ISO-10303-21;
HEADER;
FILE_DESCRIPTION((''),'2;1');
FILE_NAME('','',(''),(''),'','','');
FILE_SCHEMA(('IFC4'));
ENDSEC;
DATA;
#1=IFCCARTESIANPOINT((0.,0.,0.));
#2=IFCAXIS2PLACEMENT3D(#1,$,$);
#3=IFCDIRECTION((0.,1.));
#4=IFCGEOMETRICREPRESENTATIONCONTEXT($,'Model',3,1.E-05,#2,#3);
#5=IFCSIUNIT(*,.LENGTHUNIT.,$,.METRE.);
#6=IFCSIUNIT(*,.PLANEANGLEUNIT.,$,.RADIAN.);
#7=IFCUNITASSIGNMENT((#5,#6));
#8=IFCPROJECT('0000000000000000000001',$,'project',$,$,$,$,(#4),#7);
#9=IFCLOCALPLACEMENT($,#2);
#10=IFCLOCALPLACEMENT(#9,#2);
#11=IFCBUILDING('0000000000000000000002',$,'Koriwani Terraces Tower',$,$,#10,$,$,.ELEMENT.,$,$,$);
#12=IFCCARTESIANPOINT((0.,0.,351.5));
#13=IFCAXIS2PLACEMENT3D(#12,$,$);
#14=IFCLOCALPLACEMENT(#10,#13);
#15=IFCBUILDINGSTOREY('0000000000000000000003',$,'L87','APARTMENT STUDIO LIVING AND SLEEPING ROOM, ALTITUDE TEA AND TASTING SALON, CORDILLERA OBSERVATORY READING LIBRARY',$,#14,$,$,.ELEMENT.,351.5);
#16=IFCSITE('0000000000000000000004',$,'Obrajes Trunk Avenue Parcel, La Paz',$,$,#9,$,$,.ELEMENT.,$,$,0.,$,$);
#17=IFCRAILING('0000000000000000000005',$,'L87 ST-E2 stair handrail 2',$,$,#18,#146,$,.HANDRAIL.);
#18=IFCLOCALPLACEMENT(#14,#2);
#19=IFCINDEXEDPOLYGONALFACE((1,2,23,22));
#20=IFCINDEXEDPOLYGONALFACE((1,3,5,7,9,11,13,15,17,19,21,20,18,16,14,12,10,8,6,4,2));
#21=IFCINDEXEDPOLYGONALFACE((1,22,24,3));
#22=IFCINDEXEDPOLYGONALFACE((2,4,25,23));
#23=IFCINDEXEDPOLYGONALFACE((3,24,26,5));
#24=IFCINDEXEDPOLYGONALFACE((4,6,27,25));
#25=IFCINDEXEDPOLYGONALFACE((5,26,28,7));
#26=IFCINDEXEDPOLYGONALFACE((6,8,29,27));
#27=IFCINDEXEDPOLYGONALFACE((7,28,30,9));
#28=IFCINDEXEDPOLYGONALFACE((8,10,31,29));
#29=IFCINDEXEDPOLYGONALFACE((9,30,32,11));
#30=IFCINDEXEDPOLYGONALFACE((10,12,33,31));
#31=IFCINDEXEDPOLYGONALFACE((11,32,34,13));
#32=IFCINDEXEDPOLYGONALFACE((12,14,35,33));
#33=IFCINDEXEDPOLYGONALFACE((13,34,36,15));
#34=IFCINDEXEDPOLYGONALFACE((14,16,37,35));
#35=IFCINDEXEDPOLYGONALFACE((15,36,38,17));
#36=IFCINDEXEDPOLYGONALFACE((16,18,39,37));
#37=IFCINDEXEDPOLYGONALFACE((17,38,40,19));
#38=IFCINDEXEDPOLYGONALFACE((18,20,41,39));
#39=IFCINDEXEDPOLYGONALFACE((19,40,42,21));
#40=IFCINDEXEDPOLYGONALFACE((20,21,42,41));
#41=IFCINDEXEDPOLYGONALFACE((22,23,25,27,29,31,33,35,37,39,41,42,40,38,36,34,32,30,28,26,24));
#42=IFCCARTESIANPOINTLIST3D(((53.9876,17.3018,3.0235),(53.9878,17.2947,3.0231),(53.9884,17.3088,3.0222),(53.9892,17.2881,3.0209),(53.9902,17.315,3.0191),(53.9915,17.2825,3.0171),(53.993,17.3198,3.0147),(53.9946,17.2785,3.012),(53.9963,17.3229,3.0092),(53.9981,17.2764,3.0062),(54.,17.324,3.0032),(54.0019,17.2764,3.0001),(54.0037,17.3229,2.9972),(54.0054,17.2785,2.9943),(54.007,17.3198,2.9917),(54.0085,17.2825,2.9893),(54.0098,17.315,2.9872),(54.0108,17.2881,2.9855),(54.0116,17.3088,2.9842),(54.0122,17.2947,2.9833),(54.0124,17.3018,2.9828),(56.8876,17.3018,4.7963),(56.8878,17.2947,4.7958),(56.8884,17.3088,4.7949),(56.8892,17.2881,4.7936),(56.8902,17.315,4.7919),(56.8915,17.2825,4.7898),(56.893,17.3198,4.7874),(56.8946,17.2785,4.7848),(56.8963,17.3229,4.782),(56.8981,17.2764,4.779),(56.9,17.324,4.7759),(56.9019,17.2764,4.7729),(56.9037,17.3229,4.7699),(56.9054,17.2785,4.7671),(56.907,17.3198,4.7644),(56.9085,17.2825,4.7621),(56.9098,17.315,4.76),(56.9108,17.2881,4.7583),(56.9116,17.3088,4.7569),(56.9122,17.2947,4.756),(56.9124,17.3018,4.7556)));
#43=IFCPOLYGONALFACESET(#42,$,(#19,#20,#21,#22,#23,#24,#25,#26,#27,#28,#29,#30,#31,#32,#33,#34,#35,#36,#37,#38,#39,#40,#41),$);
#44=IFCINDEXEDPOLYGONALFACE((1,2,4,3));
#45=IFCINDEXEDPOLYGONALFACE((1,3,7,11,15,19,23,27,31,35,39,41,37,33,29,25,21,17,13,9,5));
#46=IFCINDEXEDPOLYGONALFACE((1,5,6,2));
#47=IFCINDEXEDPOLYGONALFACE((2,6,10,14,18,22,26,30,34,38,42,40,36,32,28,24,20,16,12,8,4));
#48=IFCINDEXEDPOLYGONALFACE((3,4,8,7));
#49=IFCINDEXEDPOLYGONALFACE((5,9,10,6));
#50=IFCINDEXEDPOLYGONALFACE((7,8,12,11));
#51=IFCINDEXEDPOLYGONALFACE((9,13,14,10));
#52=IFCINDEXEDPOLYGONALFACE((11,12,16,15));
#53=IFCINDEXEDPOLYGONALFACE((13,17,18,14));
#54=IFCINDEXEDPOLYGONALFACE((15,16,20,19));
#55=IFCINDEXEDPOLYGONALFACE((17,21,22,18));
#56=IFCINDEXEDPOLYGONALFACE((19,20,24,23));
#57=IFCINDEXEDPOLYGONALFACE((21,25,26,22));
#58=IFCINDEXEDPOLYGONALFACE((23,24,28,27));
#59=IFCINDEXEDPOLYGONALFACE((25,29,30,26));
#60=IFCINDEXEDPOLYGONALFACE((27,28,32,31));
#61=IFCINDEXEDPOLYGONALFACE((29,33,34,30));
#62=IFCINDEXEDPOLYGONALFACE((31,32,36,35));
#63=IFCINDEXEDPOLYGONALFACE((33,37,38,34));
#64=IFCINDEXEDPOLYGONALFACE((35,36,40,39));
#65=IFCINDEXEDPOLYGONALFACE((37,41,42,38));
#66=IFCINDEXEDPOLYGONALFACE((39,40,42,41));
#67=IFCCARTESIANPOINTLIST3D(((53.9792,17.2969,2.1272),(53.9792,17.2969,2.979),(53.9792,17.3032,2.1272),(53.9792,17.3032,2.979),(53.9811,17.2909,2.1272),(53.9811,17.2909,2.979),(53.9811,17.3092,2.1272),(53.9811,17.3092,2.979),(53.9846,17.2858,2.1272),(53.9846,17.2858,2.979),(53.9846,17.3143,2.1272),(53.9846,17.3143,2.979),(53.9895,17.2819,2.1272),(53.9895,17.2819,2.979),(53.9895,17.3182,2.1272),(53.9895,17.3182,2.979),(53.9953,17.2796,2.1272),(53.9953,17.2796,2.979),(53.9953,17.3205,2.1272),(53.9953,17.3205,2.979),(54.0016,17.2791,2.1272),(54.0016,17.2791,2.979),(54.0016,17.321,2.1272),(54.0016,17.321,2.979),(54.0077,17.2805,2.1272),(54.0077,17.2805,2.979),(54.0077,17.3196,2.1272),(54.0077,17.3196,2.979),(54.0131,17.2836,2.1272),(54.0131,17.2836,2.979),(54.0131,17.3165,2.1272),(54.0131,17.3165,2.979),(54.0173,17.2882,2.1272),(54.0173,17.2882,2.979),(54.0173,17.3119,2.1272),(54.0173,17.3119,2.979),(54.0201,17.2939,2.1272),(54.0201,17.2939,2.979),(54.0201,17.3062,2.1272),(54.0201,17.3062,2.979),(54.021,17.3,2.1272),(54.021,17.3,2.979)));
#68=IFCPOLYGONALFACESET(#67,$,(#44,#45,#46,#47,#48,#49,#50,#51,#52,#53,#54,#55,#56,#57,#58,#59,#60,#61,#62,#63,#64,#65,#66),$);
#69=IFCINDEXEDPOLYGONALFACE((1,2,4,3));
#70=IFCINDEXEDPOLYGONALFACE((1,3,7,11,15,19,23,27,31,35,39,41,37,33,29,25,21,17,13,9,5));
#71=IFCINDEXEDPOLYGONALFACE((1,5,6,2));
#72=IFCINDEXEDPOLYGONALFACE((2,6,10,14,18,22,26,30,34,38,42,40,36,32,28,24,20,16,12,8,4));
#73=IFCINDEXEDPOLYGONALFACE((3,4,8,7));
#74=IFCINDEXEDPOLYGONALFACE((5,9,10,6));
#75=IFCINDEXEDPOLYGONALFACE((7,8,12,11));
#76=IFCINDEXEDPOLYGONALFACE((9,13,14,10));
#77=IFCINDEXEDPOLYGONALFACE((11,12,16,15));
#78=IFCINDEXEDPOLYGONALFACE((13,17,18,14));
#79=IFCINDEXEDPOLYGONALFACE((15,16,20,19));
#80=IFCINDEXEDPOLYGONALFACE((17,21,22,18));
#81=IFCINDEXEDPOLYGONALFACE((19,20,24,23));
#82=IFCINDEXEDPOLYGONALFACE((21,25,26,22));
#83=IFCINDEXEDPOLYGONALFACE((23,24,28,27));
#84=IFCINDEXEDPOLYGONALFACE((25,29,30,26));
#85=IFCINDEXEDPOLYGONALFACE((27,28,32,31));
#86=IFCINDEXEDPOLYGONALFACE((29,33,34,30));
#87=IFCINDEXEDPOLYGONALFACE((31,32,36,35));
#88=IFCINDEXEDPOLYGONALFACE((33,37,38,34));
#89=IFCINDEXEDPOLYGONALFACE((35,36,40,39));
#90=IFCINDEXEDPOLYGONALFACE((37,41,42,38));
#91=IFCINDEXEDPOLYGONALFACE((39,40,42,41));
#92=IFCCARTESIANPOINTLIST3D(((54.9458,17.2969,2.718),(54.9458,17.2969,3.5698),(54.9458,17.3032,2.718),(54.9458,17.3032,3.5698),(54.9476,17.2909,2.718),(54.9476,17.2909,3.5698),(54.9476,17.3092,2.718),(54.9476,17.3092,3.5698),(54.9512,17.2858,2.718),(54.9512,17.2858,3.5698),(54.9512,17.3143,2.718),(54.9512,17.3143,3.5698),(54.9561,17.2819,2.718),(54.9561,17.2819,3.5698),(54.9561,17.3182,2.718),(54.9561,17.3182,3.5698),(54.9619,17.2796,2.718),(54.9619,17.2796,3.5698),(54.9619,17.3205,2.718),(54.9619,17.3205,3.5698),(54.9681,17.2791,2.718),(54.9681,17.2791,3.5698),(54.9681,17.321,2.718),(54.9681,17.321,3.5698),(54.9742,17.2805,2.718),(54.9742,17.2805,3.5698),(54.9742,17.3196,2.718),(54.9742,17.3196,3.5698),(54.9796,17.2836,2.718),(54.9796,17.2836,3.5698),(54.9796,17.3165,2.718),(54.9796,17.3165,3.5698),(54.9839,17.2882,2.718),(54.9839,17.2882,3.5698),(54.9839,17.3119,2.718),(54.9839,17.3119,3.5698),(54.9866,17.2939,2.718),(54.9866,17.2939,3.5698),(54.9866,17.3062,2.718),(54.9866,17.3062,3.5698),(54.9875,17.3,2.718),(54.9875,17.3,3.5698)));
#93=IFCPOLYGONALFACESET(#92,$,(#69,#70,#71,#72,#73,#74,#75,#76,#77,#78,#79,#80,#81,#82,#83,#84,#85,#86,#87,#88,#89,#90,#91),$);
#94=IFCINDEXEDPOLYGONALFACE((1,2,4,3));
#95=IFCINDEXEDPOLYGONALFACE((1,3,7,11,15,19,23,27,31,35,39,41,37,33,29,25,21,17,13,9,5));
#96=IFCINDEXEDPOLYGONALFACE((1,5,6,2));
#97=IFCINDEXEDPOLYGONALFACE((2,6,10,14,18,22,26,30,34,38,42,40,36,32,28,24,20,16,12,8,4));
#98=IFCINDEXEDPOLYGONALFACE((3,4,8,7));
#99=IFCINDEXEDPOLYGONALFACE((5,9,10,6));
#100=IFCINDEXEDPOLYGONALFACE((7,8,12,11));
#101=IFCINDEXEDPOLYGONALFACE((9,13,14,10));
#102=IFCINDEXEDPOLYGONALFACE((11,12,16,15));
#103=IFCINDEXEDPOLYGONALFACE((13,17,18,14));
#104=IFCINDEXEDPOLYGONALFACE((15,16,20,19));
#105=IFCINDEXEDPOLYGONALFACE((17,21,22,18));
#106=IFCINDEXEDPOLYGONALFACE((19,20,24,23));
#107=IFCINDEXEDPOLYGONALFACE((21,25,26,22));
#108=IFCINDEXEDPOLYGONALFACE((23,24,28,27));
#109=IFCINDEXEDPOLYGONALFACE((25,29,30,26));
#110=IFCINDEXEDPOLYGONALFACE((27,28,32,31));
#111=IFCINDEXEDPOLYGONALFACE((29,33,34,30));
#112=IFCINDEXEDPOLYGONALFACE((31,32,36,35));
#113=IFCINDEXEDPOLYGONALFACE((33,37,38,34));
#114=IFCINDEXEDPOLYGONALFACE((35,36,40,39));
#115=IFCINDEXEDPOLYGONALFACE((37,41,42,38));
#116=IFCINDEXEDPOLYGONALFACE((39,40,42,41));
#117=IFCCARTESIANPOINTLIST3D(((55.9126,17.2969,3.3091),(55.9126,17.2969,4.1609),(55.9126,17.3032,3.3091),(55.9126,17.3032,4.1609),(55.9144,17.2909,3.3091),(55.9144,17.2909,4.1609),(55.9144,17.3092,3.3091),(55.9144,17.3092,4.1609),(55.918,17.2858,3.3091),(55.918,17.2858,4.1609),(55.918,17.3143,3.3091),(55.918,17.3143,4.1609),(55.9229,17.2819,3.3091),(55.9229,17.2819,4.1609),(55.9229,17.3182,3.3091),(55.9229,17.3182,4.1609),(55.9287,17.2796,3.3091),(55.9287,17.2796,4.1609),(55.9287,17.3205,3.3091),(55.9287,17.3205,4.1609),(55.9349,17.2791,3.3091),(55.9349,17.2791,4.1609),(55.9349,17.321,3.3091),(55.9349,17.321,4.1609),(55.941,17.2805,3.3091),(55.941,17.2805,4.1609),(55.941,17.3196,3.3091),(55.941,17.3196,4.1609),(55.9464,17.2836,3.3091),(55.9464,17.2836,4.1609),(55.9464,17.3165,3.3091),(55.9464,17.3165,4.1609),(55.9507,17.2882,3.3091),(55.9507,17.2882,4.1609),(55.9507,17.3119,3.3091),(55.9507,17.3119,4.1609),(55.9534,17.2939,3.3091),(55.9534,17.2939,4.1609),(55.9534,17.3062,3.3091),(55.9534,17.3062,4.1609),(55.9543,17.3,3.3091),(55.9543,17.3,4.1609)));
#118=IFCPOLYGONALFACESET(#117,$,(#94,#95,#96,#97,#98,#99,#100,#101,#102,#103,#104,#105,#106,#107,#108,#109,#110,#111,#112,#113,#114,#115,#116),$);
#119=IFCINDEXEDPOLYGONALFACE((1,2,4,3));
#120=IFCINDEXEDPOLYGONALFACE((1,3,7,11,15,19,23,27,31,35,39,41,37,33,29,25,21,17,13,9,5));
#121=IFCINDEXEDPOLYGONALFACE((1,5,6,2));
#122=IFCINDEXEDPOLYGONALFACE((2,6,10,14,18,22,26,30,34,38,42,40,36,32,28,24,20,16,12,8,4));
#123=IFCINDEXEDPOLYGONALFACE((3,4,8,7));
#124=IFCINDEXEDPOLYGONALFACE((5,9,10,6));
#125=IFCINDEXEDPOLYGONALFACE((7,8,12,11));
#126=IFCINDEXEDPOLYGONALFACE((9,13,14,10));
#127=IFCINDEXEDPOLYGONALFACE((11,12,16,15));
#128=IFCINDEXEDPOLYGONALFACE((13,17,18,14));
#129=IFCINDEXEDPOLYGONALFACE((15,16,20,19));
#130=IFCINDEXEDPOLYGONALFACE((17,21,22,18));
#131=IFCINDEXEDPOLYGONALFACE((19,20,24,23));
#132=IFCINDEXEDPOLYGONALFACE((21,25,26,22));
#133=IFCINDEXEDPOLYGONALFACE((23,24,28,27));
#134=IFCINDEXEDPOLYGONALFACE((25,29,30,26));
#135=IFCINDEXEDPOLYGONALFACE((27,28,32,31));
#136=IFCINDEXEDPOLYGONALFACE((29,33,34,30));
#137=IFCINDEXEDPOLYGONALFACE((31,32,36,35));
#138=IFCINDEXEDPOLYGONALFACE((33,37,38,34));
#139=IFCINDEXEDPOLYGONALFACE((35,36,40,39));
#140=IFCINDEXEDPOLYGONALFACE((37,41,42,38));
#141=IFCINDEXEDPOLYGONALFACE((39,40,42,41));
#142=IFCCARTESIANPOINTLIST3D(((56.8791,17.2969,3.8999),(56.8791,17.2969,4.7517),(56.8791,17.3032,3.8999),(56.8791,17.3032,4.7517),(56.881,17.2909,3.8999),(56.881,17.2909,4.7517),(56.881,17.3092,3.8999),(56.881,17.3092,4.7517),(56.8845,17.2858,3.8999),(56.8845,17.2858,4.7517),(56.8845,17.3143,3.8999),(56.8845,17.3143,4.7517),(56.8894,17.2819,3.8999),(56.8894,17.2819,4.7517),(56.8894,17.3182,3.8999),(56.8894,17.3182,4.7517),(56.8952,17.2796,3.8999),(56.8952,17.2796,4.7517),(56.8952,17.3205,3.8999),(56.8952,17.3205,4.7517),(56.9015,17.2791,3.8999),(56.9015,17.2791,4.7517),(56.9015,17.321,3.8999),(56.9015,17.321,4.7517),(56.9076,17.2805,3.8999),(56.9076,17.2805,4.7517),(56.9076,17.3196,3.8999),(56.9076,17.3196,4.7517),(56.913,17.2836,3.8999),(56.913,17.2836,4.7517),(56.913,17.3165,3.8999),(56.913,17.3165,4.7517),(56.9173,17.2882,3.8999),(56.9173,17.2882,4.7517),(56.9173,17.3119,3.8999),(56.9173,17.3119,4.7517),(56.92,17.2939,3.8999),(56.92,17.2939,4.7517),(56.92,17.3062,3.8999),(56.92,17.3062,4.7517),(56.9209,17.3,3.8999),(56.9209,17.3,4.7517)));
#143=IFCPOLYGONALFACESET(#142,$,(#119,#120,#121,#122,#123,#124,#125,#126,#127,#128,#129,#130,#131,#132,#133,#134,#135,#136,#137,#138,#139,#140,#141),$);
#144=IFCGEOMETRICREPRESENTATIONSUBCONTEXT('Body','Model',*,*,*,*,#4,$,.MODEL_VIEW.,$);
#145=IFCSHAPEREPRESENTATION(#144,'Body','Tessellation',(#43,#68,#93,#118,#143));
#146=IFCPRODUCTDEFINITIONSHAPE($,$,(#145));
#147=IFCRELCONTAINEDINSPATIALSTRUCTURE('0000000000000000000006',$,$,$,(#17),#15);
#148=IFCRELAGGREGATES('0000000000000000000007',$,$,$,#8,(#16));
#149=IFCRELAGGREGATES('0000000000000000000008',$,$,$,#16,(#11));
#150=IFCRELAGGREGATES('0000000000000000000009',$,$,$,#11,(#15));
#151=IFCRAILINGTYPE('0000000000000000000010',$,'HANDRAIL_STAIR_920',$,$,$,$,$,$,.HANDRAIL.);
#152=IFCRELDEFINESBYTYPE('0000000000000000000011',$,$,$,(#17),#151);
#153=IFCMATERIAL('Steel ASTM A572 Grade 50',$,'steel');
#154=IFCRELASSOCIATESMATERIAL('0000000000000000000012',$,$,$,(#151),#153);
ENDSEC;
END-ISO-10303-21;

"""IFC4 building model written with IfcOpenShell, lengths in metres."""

from ifc_helpers import new_model, si_unit, direction, frame, origin, origin_2d, place, context, subcontext, project, spatial, circle, extrude, material, type_object, element, save


model = new_model("IFC4")

# Units and contexts
model_context = context("Model", 3, precision=1e-05, world=origin(), true_north=direction((0.0, 1.0)))
body_context = subcontext(model_context, "Body", "Model", "MODEL_VIEW")
ifc_project = project(units=[si_unit("LENGTHUNIT", "METRE"), si_unit("PLANEANGLEUNIT", "RADIAN")], contexts=[model_context])

# Site, building, storey
site_placement = place(None, origin())
site = spatial("IfcSite", under=ifc_project, at=site_placement, Name="Obrajes Trunk Avenue Parcel, La Paz", CompositionType="ELEMENT", RefElevation=0.0)
building_placement = place(site_placement, origin())
building = spatial("IfcBuilding", under=site, at=building_placement, Name="Koriwani Terraces Tower", CompositionType="ELEMENT")
storey_placement = place(building_placement, frame((0.0, 0.0, 351.5)))
storey = spatial("IfcBuildingStorey", under=building, at=storey_placement, Name="L87", Description="APARTMENT STUDIO LIVING AND SLEEPING ROOM, ALTITUDE TEA AND TASTING SALON, CORDILLERA OBSERVATORY READING LIBRARY", CompositionType="ELEMENT", Elevation=351.5)

# Shared definitions
ifc_material_1 = material(Name="Steel ASTM A572 Grade 50", Category="steel")

# Railing
railing_type_1 = type_object("IfcRailingType", Name="HANDRAIL_STAIR_920", PredefinedType="HANDRAIL", material=ifc_material_1)
railing_1_placement = place(storey_placement, frame((54.0, 17.3, 2.1272)))
element("IfcRailing", 1, at=railing_1_placement, inside=storey, type_object=railing_type_1, Name="L87 ST-E2 stair handrail 2", PredefinedType="HANDRAIL", context=body_context, shape_type="SweptSolid", body=[
    extrude(circle(Radius=0.0239, at=origin_2d()), frame((0.0, 0.0, 0.876), z_axis=(0.853211, 0.0, 0.521566), x_axis=(0.0, 1.0, 0.0)), (0.0, 0.0, 1.0), 3.3989),
    extrude(circle(Radius=0.021, at=origin_2d()), origin(), (0.0, 0.0, 1.0), 0.8518),
    extrude(circle(Radius=0.021, at=origin_2d()), frame((0.9666, 0.0, 0.5908)), (0.0, 0.0, 1.0), 0.8518),
    extrude(circle(Radius=0.021, at=origin_2d()), frame((1.9333, 0.0, 1.1819)), (0.0, 0.0, 1.0), 0.8518),
    extrude(circle(Radius=0.021, at=origin_2d()), frame((2.8999, 0.0, 1.7727)), (0.0, 0.0, 1.0), 0.8518),
])

save(model, "model.ifc")
